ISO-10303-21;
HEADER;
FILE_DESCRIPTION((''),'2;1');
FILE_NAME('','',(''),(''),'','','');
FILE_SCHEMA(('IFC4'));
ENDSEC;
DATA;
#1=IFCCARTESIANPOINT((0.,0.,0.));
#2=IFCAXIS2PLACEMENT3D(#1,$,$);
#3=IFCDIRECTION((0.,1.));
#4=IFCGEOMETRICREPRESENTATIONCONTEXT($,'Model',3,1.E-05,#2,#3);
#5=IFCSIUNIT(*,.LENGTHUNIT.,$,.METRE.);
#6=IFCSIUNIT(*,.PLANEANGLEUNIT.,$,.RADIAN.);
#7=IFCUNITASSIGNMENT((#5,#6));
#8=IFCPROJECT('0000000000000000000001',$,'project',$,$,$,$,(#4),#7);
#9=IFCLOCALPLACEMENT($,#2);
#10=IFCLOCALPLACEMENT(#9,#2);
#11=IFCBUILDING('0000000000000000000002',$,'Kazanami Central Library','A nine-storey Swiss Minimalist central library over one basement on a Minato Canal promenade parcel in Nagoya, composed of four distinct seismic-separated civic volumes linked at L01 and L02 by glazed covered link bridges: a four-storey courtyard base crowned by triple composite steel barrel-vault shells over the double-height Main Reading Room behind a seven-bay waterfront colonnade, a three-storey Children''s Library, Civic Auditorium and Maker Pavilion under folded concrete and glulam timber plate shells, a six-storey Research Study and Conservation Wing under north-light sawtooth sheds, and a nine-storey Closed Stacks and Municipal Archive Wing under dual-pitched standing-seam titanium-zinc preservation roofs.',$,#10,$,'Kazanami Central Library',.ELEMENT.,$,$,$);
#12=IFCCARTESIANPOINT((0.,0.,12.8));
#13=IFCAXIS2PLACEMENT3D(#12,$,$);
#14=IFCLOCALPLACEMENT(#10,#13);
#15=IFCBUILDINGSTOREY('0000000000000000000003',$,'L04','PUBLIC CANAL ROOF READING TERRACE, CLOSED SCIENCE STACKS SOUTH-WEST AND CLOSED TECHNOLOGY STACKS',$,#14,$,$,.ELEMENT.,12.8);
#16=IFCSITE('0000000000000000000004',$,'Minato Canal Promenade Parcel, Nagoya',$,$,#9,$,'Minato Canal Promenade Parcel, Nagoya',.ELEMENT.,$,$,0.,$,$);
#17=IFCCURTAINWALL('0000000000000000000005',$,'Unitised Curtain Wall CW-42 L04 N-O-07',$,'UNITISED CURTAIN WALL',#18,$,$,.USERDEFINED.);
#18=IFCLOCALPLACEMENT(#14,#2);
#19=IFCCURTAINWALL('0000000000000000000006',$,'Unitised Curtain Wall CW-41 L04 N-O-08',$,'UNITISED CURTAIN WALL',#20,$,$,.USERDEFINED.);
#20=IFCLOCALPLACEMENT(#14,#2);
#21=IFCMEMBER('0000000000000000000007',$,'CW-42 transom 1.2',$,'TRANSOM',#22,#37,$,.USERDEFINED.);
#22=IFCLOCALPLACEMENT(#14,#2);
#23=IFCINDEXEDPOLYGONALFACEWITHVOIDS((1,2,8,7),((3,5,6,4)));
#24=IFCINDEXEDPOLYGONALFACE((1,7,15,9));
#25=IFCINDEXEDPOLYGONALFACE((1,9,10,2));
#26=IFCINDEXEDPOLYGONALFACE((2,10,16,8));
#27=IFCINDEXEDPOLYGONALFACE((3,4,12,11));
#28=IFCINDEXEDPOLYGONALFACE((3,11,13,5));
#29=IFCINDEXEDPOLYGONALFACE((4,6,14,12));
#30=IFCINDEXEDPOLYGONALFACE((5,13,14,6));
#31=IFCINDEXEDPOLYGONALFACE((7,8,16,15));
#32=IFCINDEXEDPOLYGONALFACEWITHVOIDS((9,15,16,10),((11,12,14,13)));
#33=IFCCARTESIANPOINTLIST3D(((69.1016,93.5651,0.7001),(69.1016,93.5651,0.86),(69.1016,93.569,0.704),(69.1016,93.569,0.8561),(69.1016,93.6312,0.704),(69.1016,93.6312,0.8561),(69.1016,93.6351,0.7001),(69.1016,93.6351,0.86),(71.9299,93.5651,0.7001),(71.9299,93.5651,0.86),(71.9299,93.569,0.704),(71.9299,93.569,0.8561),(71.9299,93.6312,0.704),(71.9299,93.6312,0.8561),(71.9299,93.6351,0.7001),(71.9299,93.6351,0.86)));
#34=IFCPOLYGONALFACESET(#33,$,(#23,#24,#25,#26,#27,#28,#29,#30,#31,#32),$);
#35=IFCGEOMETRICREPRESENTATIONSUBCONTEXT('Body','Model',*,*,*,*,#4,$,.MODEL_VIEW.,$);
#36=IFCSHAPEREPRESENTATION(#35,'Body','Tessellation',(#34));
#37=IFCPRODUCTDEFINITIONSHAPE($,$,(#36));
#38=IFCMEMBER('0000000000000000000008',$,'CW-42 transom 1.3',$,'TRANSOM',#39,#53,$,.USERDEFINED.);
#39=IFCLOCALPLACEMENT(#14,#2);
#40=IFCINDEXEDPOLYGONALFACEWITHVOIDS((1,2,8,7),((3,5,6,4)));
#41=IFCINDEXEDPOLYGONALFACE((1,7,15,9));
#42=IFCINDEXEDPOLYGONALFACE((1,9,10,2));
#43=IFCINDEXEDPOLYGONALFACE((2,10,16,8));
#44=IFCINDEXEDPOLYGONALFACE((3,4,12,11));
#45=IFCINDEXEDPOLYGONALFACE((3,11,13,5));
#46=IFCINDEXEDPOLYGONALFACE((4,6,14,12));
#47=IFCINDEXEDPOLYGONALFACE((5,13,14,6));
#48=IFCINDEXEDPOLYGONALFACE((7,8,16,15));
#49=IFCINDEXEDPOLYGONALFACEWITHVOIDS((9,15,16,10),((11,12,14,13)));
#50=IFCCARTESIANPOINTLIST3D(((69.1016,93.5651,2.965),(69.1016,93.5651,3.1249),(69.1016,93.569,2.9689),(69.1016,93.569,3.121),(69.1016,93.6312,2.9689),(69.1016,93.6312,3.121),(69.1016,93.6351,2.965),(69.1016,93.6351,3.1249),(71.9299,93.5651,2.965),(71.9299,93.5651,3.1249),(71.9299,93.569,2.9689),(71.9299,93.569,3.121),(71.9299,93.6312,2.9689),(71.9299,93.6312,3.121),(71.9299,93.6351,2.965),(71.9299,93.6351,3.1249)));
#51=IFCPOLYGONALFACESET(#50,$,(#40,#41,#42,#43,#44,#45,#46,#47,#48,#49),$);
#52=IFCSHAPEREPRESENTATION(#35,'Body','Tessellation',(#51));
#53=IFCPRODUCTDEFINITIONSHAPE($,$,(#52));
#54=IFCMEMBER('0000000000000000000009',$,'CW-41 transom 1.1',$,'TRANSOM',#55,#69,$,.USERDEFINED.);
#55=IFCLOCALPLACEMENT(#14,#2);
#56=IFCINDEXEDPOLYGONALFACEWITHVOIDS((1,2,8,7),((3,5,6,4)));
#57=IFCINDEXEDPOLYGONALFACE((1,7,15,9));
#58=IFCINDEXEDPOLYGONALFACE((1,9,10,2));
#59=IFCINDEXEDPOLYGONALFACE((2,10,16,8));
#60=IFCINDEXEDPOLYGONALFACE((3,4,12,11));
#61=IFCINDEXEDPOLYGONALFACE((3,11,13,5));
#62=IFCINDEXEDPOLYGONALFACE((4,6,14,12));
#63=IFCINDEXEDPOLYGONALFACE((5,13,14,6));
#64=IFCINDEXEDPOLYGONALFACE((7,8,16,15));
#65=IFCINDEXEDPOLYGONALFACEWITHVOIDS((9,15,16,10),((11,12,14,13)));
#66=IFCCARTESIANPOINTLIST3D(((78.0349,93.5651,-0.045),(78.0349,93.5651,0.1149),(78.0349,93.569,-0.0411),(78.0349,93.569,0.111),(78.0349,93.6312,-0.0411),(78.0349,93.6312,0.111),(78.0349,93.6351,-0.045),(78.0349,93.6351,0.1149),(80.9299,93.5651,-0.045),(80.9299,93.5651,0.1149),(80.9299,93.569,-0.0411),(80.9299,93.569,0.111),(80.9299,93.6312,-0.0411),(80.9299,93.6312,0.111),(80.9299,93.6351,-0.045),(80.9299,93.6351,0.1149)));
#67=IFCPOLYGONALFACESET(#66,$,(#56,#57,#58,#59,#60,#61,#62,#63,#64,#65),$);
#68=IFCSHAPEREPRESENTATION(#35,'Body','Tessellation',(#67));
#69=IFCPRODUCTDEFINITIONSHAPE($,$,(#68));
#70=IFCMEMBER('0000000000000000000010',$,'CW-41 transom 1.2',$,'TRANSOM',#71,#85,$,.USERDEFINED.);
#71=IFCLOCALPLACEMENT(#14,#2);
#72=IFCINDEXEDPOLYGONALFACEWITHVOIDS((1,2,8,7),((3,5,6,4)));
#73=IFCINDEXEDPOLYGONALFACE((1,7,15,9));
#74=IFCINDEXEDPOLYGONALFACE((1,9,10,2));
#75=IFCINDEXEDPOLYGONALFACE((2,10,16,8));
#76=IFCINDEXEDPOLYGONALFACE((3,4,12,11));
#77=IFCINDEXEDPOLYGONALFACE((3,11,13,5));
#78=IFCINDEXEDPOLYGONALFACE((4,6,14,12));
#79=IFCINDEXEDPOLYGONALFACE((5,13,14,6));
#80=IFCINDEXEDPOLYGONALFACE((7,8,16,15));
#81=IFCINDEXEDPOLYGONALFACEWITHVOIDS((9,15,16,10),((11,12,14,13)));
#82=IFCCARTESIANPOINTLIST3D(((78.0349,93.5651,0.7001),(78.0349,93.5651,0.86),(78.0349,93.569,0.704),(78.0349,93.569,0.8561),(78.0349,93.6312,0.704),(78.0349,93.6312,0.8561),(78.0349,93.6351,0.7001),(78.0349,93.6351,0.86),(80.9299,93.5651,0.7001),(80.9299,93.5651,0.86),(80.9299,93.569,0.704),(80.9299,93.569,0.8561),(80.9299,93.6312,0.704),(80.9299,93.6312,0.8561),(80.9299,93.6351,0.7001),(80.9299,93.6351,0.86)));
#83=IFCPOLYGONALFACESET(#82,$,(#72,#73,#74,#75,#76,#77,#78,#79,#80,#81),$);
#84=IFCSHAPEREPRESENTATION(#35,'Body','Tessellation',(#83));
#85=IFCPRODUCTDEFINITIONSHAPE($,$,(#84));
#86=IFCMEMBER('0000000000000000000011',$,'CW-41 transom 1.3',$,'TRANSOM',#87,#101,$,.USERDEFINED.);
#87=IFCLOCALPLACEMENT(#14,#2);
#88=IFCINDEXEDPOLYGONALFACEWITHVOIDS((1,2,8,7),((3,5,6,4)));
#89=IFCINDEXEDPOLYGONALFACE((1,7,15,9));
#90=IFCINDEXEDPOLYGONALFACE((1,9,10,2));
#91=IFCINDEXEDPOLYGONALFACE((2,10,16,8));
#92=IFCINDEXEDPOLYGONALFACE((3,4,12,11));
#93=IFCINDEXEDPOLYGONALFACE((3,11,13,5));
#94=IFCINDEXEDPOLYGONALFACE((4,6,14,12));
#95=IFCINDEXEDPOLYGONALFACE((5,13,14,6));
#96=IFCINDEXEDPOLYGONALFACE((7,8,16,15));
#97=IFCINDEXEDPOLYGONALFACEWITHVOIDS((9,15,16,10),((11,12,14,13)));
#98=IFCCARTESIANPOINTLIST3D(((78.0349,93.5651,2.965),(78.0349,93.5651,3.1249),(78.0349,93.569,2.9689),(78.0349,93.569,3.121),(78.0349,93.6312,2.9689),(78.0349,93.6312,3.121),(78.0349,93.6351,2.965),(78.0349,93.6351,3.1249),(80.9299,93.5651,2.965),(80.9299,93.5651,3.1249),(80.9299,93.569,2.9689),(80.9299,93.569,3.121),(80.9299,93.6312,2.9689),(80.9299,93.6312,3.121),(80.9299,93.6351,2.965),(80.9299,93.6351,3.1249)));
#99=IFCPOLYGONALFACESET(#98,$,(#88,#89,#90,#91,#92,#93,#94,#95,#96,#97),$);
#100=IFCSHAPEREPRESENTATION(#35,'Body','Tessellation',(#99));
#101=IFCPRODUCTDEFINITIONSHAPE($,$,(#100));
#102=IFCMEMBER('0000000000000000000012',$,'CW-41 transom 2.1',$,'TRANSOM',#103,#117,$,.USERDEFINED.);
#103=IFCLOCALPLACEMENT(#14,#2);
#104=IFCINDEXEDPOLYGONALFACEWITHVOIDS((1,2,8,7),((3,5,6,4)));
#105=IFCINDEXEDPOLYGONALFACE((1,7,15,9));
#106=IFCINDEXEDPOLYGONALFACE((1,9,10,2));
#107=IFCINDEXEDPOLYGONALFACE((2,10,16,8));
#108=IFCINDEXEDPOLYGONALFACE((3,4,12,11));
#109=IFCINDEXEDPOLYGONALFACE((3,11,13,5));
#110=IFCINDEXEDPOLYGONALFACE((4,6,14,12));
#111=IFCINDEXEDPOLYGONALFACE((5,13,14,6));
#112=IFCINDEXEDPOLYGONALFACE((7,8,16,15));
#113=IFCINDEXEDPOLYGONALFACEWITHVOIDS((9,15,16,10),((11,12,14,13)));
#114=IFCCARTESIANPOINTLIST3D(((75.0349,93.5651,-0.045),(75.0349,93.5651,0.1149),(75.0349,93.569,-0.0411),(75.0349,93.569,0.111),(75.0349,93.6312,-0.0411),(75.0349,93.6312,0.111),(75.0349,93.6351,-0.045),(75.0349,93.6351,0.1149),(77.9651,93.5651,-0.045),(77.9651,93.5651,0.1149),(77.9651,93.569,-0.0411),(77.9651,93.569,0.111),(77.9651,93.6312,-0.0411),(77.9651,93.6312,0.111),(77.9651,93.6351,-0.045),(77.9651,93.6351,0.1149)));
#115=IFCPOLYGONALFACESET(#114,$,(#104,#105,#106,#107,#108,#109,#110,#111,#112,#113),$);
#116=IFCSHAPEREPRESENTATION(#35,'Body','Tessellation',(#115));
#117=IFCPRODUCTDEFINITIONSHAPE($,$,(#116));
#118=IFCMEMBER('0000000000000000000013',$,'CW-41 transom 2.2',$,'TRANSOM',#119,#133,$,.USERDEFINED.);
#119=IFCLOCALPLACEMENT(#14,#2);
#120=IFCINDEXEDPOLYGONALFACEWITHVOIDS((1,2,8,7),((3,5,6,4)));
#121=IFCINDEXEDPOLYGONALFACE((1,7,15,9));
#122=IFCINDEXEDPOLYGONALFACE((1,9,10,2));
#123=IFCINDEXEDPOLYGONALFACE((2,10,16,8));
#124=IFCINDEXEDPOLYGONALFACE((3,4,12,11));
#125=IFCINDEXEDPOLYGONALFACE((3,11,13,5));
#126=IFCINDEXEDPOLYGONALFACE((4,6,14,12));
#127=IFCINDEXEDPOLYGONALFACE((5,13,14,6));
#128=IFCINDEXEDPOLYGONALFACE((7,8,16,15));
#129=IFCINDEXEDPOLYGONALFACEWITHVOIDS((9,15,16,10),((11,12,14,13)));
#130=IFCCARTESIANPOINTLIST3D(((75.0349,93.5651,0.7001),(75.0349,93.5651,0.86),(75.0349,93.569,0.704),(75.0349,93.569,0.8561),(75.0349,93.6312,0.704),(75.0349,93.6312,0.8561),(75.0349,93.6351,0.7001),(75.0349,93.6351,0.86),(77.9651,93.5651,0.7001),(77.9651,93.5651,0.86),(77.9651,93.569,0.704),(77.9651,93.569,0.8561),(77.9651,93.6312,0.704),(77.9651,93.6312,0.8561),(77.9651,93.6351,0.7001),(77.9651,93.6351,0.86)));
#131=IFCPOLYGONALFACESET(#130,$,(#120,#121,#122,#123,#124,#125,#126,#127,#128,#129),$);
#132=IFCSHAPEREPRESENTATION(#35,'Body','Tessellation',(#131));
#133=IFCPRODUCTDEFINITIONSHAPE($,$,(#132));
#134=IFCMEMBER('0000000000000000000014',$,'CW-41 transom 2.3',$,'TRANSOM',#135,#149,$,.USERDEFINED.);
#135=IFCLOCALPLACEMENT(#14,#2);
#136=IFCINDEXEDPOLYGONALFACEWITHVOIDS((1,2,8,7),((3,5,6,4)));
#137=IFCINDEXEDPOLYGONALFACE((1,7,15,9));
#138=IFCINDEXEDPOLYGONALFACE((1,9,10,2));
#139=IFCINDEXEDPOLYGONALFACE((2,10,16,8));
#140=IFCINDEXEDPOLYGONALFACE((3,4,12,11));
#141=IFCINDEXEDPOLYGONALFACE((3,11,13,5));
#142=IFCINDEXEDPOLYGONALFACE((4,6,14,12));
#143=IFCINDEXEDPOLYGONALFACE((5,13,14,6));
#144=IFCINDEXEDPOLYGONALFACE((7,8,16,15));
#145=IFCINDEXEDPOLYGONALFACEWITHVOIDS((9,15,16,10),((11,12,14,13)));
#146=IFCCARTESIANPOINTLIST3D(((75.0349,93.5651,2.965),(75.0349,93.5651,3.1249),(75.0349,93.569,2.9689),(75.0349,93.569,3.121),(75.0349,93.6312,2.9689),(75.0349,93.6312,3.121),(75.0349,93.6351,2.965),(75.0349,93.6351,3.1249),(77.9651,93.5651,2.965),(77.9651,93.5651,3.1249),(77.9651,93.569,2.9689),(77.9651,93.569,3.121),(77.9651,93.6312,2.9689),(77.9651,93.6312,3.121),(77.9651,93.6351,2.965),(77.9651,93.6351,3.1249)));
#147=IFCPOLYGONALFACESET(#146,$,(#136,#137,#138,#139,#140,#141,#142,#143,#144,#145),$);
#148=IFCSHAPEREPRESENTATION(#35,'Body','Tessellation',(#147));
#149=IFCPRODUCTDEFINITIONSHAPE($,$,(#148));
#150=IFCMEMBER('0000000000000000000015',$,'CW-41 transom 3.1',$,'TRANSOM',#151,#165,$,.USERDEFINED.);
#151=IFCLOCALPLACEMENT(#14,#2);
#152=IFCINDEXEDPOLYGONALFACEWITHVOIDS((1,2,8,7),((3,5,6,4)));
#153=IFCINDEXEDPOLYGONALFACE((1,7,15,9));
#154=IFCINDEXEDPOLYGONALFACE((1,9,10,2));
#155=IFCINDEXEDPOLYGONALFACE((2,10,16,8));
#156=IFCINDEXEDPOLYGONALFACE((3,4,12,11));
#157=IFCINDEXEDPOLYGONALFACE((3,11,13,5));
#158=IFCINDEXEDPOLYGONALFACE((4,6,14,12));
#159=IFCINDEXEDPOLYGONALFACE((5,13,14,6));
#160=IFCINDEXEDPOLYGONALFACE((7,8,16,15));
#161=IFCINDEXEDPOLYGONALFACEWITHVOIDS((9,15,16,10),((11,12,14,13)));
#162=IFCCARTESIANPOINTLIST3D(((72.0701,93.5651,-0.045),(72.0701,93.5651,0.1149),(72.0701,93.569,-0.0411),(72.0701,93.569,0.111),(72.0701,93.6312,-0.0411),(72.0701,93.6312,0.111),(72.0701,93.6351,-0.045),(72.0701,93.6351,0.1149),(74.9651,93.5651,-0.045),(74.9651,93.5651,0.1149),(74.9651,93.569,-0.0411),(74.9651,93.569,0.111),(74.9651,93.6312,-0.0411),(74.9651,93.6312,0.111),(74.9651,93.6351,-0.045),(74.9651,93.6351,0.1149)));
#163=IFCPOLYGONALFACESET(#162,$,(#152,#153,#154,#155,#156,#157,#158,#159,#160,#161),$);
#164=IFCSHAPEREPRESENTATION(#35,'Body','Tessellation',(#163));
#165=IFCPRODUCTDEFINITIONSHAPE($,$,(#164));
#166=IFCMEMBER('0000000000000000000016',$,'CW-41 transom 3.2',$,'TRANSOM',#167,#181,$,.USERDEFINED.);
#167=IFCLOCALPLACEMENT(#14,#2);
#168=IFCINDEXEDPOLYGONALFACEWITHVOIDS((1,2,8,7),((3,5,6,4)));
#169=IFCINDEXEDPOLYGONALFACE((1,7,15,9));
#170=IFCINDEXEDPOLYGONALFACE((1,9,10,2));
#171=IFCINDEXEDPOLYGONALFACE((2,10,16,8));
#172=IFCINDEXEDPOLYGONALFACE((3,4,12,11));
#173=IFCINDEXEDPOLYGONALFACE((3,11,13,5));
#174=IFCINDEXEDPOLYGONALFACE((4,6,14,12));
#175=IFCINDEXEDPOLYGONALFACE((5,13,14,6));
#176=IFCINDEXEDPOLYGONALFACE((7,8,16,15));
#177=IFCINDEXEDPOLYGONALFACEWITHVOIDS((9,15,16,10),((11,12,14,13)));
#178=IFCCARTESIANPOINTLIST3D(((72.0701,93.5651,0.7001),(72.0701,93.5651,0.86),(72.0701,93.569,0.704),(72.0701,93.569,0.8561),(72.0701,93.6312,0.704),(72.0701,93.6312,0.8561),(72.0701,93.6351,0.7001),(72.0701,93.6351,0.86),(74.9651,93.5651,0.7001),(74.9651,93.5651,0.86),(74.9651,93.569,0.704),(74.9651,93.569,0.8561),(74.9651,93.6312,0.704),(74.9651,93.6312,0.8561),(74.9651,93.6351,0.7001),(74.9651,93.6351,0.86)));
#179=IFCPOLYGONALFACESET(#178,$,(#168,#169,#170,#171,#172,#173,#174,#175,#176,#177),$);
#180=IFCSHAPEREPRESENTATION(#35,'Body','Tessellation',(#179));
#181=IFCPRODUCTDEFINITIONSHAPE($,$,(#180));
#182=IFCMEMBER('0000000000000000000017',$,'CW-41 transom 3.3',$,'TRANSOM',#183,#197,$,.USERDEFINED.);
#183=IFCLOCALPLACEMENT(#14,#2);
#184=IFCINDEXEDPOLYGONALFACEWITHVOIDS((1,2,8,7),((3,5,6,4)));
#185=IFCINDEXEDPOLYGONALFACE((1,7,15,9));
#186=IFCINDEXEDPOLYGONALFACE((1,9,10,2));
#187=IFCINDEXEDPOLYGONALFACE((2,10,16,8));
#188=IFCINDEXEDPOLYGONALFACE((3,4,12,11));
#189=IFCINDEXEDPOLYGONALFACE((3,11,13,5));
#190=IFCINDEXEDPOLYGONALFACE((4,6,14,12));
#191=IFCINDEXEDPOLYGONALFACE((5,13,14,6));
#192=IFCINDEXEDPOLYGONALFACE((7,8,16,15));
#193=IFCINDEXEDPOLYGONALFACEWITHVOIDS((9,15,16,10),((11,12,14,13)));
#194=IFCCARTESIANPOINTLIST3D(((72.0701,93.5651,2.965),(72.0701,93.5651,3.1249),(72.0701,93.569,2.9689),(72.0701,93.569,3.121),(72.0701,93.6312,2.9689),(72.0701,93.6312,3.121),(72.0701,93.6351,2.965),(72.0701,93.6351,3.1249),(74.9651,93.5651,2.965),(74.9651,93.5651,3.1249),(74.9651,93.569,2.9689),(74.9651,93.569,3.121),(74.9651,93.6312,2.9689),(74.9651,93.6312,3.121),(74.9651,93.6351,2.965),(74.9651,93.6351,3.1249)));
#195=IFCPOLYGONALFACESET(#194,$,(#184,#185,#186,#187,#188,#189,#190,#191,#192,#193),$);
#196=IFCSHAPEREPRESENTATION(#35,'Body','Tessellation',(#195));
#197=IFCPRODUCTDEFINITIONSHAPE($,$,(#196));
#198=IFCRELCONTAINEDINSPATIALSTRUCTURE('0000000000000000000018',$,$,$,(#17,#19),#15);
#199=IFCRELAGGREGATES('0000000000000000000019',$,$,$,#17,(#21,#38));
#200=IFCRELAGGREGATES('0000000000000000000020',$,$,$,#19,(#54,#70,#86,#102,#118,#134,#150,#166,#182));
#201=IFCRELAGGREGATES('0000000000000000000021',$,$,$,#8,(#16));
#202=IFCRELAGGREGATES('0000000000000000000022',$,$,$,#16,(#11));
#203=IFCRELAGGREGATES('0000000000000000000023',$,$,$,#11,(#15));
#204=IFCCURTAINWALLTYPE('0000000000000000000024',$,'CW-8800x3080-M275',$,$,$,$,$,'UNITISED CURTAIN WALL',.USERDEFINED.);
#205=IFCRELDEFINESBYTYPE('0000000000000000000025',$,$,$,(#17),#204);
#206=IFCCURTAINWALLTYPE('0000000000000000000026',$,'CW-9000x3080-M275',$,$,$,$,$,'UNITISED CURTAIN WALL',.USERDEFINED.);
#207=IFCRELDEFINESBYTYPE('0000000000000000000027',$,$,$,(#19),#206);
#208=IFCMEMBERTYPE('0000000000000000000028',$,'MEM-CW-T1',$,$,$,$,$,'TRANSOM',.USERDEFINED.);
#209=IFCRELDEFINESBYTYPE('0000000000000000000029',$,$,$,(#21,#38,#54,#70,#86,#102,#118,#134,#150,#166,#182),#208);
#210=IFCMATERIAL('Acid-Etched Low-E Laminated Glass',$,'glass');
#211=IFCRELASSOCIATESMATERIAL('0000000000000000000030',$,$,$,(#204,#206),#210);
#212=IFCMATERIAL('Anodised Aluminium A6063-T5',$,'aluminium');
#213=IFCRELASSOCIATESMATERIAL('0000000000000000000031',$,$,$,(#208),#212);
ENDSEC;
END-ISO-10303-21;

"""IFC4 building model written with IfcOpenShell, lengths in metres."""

from ifc_helpers import new_model, si_unit, direction, frame, origin, origin_2d, place, context, subcontext, project, spatial, hollow_rectangle, extrude, material, material_profile, profile_set, type_object, element, aggregate, save


model = new_model("IFC4")

# Units and contexts
model_context = context("Model", 3, precision=1e-05, world=origin(), true_north=direction((0.0, 1.0)))
body_context = subcontext(model_context, "Body", "Model", "MODEL_VIEW")
ifc_project = project(units=[si_unit("LENGTHUNIT", "METRE"), si_unit("PLANEANGLEUNIT", "RADIAN")], contexts=[model_context])

# Site, building, storey
site_placement = place(None, origin())
site = spatial("IfcSite", under=ifc_project, at=site_placement, Name="Minato Canal Promenade Parcel, Nagoya", LongName="Minato Canal Promenade Parcel, Nagoya", CompositionType="ELEMENT", RefElevation=0.0)
building_placement = place(site_placement, origin())
building = spatial("IfcBuilding", under=site, at=building_placement, Name="Kazanami Central Library", Description="A nine-storey Swiss Minimalist central library over one basement on a Minato Canal promenade parcel in Nagoya, composed of four distinct seismic-separated civic volumes linked at L01 and L02 by glazed covered link bridges: a four-storey courtyard base crowned by triple composite steel barrel-vault shells over the double-height Main Reading Room behind a seven-bay waterfront colonnade, a three-storey Children's Library, Civic Auditorium and Maker Pavilion under folded concrete and glulam timber plate shells, a six-storey Research Study and Conservation Wing under north-light sawtooth sheds, and a nine-storey Closed Stacks and Municipal Archive Wing under dual-pitched standing-seam titanium-zinc preservation roofs.", LongName="Kazanami Central Library", CompositionType="ELEMENT")
storey_placement = place(building_placement, frame((0.0, 0.0, 12.8)))
storey = spatial("IfcBuildingStorey", under=building, at=storey_placement, Name="L04", Description="PUBLIC CANAL ROOF READING TERRACE, CLOSED SCIENCE STACKS SOUTH-WEST AND CLOSED TECHNOLOGY STACKS", CompositionType="ELEMENT", Elevation=12.8)

# Curtain wall
ifc_material_1 = material(Name="Acid-Etched Low-E Laminated Glass", Category="glass")
curtain_wall_type_1 = type_object("IfcCurtainWallType", Name="CW-8800x3080-M275", ElementType="UNITISED CURTAIN WALL", PredefinedType="USERDEFINED", material=ifc_material_1)
curtain_wall_1_placement = place(storey_placement, origin())
curtain_wall_1 = element("IfcCurtainWall", 1, at=curtain_wall_1_placement, inside=storey, type_object=curtain_wall_type_1, Name="Unitised Curtain Wall CW-42 L04 N-O-07", ObjectType="UNITISED CURTAIN WALL", PredefinedType="USERDEFINED")
ifc_material_2 = material(Name="Anodised Aluminium A6063-T5", Category="aluminium")

# Curtain wall
curtain_wall_type_2 = type_object("IfcCurtainWallType", Name="CW-9000x3080-M275", ElementType="UNITISED CURTAIN WALL", PredefinedType="USERDEFINED", material=ifc_material_1)
curtain_wall_2_placement = place(storey_placement, origin())
curtain_wall_2 = element("IfcCurtainWall", 2, at=curtain_wall_2_placement, inside=storey, type_object=curtain_wall_type_2, Name="Unitised Curtain Wall CW-41 L04 N-O-08", ObjectType="UNITISED CURTAIN WALL", PredefinedType="USERDEFINED")

# Members
ifc_material_profile_1 = material_profile(ifc_material_2, hollow_rectangle(XDim=0.0701, YDim=0.1599, WallThickness=0.0039, at=origin_2d()), Name="ALU-TRAN-70x160x4")
ifc_profile_set_1 = profile_set([ifc_material_profile_1], Name="Anodised Aluminium A6063-T5")
member_type_1 = type_object("IfcMemberType", Name="MEM-CW-T1", ElementType="TRANSOM", PredefinedType="USERDEFINED", material=ifc_profile_set_1)
member_1_placement = place(storey_placement, frame((71.9299, 93.6001, 0.78), z_axis=(-1.0, 0.0, 0.0), x_axis=(0.0, -1.0, 0.0)))
member_1 = element("IfcMember", 3, at=member_1_placement, type_object=member_type_1, Name="CW-42 transom 1.2", ObjectType="TRANSOM", PredefinedType="USERDEFINED", context=body_context, shape_type="SweptSolid", body=[
    extrude(hollow_rectangle(XDim=0.0701, YDim=0.1599, WallThickness=0.0039, at=origin_2d()), origin(), (0.0, 0.0, 1.0), 2.8284),
])
member_2_placement = place(storey_placement, frame((71.9299, 93.6001, 3.0449), z_axis=(-1.0, 0.0, 0.0), x_axis=(0.0, -1.0, 0.0)))
member_2 = element("IfcMember", 4, at=member_2_placement, type_object=member_type_1, Name="CW-42 transom 1.3", ObjectType="TRANSOM", PredefinedType="USERDEFINED", context=body_context, shape_type="SweptSolid", body=[
    extrude(hollow_rectangle(XDim=0.0701, YDim=0.1599, WallThickness=0.0039, at=origin_2d()), origin(), (0.0, 0.0, 1.0), 2.8284),
])
aggregate(curtain_wall_1, [member_1, member_2])
member_3_placement = place(storey_placement, frame((80.9299, 93.6001, 0.0349), z_axis=(-1.0, 0.0, 0.0), x_axis=(0.0, -1.0, 0.0)))
member_3 = element("IfcMember", 5, at=member_3_placement, type_object=member_type_1, Name="CW-41 transom 1.1", ObjectType="TRANSOM", PredefinedType="USERDEFINED", context=body_context, shape_type="SweptSolid", body=[
    extrude(hollow_rectangle(XDim=0.0701, YDim=0.1599, WallThickness=0.0039, at=origin_2d()), origin(), (0.0, 0.0, 1.0), 2.895),
])
member_4_placement = place(storey_placement, frame((80.9299, 93.6001, 0.78), z_axis=(-1.0, 0.0, 0.0), x_axis=(0.0, -1.0, 0.0)))
member_4 = element("IfcMember", 6, at=member_4_placement, type_object=member_type_1, Name="CW-41 transom 1.2", ObjectType="TRANSOM", PredefinedType="USERDEFINED", context=body_context, shape_type="SweptSolid", body=[
    extrude(hollow_rectangle(XDim=0.0701, YDim=0.1599, WallThickness=0.0039, at=origin_2d()), origin(), (0.0, 0.0, 1.0), 2.895),
])
member_5_placement = place(storey_placement, frame((80.9299, 93.6001, 3.0449), z_axis=(-1.0, 0.0, 0.0), x_axis=(0.0, -1.0, 0.0)))
member_5 = element("IfcMember", 7, at=member_5_placement, type_object=member_type_1, Name="CW-41 transom 1.3", ObjectType="TRANSOM", PredefinedType="USERDEFINED", context=body_context, shape_type="SweptSolid", body=[
    extrude(hollow_rectangle(XDim=0.0701, YDim=0.1599, WallThickness=0.0039, at=origin_2d()), origin(), (0.0, 0.0, 1.0), 2.895),
])
member_6_placement = place(storey_placement, frame((77.9651, 93.6001, 0.0349), z_axis=(-1.0, 0.0, 0.0), x_axis=(0.0, -1.0, 0.0)))
member_6 = element("IfcMember", 8, at=member_6_placement, type_object=member_type_1, Name="CW-41 transom 2.1", ObjectType="TRANSOM", PredefinedType="USERDEFINED", context=body_context, shape_type="SweptSolid", body=[
    extrude(hollow_rectangle(XDim=0.0701, YDim=0.1599, WallThickness=0.0039, at=origin_2d()), origin(), (0.0, 0.0, 1.0), 2.9302),
])
member_7_placement = place(storey_placement, frame((77.9651, 93.6001, 0.78), z_axis=(-1.0, 0.0, 0.0), x_axis=(0.0, -1.0, 0.0)))
member_7 = element("IfcMember", 9, at=member_7_placement, type_object=member_type_1, Name="CW-41 transom 2.2", ObjectType="TRANSOM", PredefinedType="USERDEFINED", context=body_context, shape_type="SweptSolid", body=[
    extrude(hollow_rectangle(XDim=0.0701, YDim=0.1599, WallThickness=0.0039, at=origin_2d()), origin(), (0.0, 0.0, 1.0), 2.9302),
])
member_8_placement = place(storey_placement, frame((77.9651, 93.6001, 3.0449), z_axis=(-1.0, 0.0, 0.0), x_axis=(0.0, -1.0, 0.0)))
member_8 = element("IfcMember", 10, at=member_8_placement, type_object=member_type_1, Name="CW-41 transom 2.3", ObjectType="TRANSOM", PredefinedType="USERDEFINED", context=body_context, shape_type="SweptSolid", body=[
    extrude(hollow_rectangle(XDim=0.0701, YDim=0.1599, WallThickness=0.0039, at=origin_2d()), origin(), (0.0, 0.0, 1.0), 2.9302),
])
member_9_placement = place(storey_placement, frame((74.9651, 93.6001, 0.0349), z_axis=(-1.0, 0.0, 0.0), x_axis=(0.0, -1.0, 0.0)))
member_9 = element("IfcMember", 11, at=member_9_placement, type_object=member_type_1, Name="CW-41 transom 3.1", ObjectType="TRANSOM", PredefinedType="USERDEFINED", context=body_context, shape_type="SweptSolid", body=[
    extrude(hollow_rectangle(XDim=0.0701, YDim=0.1599, WallThickness=0.0039, at=origin_2d()), origin(), (0.0, 0.0, 1.0), 2.895),
])
member_10_placement = place(storey_placement, frame((74.9651, 93.6001, 0.78), z_axis=(-1.0, 0.0, 0.0), x_axis=(0.0, -1.0, 0.0)))
member_10 = element("IfcMember", 12, at=member_10_placement, type_object=member_type_1, Name="CW-41 transom 3.2", ObjectType="TRANSOM", PredefinedType="USERDEFINED", context=body_context, shape_type="SweptSolid", body=[
    extrude(hollow_rectangle(XDim=0.0701, YDim=0.1599, WallThickness=0.0039, at=origin_2d()), origin(), (0.0, 0.0, 1.0), 2.895),
])
member_11_placement = place(storey_placement, frame((74.9651, 93.6001, 3.0449), z_axis=(-1.0, 0.0, 0.0), x_axis=(0.0, -1.0, 0.0)))
member_11 = element("IfcMember", 13, at=member_11_placement, type_object=member_type_1, Name="CW-41 transom 3.3", ObjectType="TRANSOM", PredefinedType="USERDEFINED", context=body_context, shape_type="SweptSolid", body=[
    extrude(hollow_rectangle(XDim=0.0701, YDim=0.1599, WallThickness=0.0039, at=origin_2d()), origin(), (0.0, 0.0, 1.0), 2.895),
])

aggregate(curtain_wall_2, [member_3, member_4, member_5, member_6, member_7, member_8, member_9, member_10, member_11])

save(model, "model.ifc")
